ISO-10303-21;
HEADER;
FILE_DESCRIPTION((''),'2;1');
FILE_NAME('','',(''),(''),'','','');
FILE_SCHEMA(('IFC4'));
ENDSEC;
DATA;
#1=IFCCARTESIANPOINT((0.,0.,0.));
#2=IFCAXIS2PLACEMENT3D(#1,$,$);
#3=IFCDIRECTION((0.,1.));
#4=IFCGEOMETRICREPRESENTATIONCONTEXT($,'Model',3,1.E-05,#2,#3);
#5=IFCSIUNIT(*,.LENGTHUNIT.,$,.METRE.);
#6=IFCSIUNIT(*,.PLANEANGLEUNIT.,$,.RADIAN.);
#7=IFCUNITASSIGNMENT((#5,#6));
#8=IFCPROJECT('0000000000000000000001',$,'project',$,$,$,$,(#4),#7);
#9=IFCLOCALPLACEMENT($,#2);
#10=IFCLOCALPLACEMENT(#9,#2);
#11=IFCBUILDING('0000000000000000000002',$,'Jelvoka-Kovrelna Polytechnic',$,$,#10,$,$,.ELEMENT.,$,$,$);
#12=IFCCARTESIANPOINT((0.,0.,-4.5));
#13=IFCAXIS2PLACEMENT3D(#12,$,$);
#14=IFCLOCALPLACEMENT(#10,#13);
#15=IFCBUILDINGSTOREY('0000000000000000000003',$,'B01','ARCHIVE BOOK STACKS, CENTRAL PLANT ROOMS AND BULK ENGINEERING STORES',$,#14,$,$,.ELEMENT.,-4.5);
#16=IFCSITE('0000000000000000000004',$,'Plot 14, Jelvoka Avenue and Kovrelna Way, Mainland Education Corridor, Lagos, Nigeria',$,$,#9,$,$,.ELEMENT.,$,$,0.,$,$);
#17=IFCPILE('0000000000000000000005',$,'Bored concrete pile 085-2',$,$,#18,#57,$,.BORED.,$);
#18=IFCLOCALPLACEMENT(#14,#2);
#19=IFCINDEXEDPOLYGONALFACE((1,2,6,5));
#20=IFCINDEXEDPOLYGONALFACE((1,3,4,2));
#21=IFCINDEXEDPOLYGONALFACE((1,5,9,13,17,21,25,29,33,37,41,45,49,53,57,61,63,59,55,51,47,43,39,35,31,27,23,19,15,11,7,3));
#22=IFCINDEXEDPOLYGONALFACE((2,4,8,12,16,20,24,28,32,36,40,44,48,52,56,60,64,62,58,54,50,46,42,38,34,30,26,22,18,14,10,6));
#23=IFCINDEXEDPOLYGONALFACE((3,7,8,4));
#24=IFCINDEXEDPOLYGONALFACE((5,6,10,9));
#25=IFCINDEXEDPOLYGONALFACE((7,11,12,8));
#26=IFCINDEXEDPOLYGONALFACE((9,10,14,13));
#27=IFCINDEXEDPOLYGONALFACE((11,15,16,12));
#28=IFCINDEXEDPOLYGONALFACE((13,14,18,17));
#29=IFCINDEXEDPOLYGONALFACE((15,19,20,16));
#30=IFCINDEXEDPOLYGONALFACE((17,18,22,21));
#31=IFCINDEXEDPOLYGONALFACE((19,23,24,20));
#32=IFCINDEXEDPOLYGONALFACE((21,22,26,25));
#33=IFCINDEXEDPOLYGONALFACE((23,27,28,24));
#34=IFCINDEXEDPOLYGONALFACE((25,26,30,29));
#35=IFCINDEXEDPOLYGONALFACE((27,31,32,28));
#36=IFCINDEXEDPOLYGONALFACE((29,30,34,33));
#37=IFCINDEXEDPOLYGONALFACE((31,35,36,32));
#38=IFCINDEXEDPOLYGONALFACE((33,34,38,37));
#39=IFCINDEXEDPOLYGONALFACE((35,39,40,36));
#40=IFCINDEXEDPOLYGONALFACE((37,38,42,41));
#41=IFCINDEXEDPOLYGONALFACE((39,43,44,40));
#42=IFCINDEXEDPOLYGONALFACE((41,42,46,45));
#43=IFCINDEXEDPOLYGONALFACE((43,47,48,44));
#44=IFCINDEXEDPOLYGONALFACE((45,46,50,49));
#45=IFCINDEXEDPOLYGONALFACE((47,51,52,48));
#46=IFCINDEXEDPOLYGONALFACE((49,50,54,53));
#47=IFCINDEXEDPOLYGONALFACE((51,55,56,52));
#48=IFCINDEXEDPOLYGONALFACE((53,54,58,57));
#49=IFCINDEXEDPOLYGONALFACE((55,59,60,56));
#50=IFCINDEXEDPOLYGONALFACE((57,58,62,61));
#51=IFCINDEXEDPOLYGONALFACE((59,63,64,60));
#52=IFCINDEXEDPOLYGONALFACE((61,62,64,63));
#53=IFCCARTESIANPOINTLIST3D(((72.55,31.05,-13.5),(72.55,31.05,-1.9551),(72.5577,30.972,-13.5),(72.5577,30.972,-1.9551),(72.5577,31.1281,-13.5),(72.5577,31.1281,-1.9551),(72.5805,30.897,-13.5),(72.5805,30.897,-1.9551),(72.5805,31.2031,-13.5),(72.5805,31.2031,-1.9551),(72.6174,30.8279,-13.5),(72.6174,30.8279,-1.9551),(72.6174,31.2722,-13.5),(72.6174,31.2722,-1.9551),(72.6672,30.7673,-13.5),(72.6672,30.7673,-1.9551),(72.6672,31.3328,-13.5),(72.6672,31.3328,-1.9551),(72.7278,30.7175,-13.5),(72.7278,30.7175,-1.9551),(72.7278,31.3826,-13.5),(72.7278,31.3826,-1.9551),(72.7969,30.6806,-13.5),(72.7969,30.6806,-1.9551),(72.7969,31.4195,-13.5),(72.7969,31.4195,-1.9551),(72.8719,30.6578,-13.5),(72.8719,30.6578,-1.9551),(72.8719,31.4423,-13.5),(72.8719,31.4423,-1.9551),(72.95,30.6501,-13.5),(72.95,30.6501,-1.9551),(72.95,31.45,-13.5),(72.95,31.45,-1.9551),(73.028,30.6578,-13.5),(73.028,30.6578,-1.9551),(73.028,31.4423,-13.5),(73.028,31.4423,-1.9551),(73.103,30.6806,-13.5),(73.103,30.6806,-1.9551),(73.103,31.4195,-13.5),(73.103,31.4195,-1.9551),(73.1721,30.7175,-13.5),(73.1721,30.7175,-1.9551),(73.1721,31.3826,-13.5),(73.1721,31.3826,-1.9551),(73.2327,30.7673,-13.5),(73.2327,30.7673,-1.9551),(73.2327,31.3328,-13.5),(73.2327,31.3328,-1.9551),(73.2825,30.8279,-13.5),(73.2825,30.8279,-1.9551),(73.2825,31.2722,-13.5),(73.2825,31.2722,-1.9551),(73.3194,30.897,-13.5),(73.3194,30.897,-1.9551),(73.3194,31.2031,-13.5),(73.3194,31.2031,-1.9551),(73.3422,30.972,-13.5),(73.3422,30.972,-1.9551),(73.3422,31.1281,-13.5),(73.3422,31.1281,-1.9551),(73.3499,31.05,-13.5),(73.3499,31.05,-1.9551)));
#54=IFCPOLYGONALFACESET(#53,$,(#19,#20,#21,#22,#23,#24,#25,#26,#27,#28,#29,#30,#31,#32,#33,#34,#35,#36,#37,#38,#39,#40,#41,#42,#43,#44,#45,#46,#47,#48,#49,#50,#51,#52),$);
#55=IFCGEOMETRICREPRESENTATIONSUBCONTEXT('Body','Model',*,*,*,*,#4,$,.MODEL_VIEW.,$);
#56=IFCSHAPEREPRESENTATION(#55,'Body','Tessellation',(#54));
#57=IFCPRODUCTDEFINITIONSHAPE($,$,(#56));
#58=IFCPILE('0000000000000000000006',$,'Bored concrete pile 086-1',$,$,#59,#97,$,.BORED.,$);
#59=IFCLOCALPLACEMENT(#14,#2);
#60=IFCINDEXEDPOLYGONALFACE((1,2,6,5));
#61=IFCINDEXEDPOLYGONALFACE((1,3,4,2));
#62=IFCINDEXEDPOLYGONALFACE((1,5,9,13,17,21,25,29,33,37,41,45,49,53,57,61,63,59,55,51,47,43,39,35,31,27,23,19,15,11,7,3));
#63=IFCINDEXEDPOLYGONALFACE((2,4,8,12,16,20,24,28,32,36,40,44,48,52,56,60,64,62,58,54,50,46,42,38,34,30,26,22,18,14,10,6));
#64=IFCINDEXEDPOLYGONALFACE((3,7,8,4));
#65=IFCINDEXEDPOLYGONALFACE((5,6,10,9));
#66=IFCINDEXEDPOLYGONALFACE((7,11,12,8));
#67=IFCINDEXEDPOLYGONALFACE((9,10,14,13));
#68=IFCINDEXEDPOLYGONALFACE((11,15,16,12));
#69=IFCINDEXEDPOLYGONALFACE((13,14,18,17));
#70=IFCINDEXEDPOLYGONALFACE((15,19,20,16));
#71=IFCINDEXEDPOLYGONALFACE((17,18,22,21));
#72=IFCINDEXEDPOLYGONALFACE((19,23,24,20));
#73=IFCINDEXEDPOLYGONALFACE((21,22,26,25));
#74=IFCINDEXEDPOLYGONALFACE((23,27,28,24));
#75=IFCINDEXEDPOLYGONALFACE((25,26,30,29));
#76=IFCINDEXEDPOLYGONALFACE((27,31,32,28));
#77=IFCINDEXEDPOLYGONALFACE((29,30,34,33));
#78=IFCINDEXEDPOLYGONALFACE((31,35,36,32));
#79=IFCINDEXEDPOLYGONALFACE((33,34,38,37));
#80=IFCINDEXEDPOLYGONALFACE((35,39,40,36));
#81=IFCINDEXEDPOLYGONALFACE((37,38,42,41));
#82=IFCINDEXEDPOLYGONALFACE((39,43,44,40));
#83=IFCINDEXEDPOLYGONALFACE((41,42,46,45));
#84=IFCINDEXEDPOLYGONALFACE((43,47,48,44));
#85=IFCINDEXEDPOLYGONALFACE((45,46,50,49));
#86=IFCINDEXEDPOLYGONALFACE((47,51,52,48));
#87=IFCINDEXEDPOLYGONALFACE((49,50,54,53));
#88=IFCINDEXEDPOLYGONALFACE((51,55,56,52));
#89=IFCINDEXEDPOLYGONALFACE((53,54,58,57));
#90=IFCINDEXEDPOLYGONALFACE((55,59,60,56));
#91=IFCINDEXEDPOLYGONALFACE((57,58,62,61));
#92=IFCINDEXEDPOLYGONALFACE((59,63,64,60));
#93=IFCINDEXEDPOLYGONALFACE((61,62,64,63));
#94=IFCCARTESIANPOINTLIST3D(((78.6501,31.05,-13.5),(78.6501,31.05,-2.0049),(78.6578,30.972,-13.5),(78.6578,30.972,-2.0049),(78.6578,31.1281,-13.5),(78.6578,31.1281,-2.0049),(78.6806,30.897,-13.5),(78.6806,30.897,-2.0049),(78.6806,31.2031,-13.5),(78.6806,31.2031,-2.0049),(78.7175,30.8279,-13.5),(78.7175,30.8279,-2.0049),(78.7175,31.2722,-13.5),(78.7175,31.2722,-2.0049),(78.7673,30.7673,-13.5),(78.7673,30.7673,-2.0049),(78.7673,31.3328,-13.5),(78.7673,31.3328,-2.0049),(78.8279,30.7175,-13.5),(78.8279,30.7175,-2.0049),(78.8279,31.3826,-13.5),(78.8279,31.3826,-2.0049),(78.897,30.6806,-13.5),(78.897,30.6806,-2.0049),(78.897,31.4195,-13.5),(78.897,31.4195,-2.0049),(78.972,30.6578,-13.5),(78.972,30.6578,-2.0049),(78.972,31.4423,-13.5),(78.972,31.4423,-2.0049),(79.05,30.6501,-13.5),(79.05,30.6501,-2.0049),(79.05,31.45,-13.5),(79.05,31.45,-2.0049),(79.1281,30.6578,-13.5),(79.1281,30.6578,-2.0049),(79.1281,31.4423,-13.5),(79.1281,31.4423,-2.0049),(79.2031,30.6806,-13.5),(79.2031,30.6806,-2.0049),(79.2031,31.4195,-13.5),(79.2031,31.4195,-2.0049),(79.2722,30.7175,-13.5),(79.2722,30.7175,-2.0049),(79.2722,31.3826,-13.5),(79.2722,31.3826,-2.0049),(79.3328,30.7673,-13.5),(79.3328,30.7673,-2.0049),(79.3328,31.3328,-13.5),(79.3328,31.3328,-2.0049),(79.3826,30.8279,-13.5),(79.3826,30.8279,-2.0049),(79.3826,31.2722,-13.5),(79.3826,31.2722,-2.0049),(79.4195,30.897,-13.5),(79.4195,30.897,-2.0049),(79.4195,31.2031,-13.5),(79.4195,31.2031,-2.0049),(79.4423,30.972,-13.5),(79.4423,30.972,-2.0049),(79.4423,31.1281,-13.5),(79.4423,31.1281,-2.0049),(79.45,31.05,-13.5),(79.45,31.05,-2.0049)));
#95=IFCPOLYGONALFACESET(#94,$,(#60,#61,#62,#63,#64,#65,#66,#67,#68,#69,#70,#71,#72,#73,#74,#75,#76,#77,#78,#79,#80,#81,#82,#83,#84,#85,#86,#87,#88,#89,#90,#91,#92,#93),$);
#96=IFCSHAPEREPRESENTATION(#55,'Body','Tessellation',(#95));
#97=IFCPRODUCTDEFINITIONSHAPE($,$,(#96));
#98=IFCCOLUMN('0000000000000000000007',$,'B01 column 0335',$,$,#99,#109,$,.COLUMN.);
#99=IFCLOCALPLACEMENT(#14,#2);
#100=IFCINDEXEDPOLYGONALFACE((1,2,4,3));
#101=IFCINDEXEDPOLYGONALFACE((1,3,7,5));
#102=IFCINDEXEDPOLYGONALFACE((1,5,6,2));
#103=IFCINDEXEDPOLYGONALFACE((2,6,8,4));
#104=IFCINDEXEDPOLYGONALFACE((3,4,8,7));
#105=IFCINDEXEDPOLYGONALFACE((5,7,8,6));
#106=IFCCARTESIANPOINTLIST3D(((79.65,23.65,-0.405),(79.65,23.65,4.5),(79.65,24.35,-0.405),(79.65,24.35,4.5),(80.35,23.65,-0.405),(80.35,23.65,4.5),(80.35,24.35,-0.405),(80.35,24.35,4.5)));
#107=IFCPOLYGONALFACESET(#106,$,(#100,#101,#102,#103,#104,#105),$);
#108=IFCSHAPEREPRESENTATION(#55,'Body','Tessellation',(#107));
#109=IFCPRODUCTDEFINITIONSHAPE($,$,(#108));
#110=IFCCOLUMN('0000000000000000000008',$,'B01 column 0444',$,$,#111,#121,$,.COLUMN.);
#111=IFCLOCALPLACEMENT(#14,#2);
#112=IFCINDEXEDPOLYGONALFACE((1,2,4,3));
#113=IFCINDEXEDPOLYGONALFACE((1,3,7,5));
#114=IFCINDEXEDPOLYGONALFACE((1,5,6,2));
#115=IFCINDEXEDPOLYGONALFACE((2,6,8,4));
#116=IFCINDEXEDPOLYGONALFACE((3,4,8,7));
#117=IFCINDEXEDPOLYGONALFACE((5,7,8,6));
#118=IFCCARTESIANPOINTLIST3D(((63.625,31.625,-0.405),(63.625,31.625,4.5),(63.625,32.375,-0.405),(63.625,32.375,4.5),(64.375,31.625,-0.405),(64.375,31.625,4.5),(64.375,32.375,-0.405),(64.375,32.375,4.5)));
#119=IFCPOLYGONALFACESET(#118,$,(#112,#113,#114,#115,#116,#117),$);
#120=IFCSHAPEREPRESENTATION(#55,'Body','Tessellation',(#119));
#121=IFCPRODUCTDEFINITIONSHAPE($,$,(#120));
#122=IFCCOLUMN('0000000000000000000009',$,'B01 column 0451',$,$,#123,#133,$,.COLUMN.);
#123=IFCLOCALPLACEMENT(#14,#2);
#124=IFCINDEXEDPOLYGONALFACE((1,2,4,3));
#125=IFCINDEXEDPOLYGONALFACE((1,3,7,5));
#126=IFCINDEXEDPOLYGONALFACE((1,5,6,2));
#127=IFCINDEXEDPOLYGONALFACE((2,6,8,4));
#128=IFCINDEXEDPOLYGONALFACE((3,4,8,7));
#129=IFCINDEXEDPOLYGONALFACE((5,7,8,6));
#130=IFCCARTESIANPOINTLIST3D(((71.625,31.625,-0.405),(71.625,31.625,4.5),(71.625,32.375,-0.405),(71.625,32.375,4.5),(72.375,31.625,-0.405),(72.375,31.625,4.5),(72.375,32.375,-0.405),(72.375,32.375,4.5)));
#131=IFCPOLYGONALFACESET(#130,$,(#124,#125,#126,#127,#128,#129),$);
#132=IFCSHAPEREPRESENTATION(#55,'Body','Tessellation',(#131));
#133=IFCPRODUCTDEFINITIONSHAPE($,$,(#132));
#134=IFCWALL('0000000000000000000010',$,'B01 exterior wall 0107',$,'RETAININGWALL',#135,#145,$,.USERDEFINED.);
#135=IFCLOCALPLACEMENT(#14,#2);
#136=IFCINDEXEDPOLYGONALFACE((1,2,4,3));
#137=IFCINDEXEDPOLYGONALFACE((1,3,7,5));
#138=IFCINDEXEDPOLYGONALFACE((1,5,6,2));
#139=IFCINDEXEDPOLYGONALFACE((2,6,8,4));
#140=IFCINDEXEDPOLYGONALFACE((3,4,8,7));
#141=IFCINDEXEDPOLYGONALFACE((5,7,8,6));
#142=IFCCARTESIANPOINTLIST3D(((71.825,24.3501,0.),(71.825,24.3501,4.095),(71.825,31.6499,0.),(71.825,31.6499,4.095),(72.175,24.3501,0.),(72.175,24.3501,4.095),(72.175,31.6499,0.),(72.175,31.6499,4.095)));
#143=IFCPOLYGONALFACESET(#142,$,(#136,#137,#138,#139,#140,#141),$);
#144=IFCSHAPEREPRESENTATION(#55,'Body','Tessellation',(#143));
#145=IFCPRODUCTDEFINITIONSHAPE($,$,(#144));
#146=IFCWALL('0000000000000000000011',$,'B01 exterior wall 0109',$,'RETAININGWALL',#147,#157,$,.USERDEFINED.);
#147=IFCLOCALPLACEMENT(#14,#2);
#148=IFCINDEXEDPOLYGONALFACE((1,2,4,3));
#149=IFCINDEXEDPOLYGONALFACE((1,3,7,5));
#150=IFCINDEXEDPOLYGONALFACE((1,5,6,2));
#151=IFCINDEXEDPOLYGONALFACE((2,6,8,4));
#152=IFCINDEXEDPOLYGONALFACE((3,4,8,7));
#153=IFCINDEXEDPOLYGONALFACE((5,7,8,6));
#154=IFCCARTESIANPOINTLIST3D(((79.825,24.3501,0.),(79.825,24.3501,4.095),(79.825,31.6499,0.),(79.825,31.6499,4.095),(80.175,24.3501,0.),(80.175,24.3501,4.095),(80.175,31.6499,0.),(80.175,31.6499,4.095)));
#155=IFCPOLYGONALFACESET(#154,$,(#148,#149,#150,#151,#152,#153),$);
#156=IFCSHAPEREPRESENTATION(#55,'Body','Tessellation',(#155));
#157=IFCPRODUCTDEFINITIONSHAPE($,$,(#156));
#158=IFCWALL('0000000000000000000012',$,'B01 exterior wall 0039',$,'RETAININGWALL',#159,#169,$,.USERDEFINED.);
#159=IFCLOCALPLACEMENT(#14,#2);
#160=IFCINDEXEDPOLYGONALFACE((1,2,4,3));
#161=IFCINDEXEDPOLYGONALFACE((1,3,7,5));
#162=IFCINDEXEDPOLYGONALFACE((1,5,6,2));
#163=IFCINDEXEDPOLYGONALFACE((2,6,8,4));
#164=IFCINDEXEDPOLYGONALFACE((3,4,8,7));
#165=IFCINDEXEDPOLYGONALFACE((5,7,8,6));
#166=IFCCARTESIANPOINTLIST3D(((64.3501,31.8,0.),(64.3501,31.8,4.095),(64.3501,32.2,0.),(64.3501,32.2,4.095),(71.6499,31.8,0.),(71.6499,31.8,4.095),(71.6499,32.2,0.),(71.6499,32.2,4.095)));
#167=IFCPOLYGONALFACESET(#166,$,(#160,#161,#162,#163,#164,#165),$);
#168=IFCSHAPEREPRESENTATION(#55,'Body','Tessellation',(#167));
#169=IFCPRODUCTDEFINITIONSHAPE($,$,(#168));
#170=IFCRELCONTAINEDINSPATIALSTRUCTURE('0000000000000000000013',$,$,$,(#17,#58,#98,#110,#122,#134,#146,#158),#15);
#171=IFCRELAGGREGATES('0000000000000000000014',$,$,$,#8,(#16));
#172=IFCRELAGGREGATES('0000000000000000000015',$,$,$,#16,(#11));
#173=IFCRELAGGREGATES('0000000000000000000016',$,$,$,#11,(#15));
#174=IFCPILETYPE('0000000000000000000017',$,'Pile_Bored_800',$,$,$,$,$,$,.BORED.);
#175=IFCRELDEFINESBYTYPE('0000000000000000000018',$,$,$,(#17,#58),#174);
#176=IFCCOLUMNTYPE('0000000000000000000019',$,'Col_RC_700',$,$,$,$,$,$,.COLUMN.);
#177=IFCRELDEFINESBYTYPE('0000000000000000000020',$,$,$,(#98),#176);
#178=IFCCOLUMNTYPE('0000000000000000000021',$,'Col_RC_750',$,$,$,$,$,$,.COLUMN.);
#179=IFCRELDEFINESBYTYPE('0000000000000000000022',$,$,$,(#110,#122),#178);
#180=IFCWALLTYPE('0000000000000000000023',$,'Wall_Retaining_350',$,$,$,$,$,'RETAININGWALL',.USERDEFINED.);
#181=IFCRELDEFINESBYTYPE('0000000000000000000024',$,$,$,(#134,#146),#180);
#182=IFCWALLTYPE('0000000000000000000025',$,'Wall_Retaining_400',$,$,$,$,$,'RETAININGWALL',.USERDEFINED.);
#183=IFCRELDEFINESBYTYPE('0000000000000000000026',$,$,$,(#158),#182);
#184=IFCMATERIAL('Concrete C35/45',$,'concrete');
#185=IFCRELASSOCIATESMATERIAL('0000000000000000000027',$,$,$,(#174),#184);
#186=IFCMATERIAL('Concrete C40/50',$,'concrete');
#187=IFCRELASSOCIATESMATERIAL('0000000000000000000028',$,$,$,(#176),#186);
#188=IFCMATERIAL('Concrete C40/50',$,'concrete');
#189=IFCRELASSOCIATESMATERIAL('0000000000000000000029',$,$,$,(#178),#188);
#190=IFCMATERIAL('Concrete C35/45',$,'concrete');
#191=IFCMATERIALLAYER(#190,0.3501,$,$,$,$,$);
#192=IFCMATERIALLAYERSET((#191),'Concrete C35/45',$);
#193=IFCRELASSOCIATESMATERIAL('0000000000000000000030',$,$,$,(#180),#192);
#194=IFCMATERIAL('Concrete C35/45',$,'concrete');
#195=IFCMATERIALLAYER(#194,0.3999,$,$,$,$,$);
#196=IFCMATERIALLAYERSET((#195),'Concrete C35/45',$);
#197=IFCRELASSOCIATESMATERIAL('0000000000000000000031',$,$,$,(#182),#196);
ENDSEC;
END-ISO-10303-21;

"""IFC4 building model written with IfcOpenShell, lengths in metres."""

from ifc_helpers import new_model, si_unit, direction, frame, frame_2d, origin, origin_2d, place, context, subcontext, project, spatial, rectangle, circle, extrude, material, layer, layer_set, material_profile, profile_set, type_object, element, save


model = new_model("IFC4")

# Units and contexts
model_context = context("Model", 3, precision=1e-05, world=origin(), true_north=direction((0.0, 1.0)))
body_context = subcontext(model_context, "Body", "Model", "MODEL_VIEW")
ifc_project = project(units=[si_unit("LENGTHUNIT", "METRE"), si_unit("PLANEANGLEUNIT", "RADIAN")], contexts=[model_context])

# Site, building, storey
site_placement = place(None, origin())
site = spatial("IfcSite", under=ifc_project, at=site_placement, Name="Plot 14, Jelvoka Avenue and Kovrelna Way, Mainland Education Corridor, Lagos, Nigeria", CompositionType="ELEMENT", RefElevation=0.0)
building_placement = place(site_placement, origin())
building = spatial("IfcBuilding", under=site, at=building_placement, Name="Jelvoka-Kovrelna Polytechnic", CompositionType="ELEMENT")
storey_placement = place(building_placement, frame((0.0, 0.0, -4.5)))
storey = spatial("IfcBuildingStorey", under=building, at=storey_placement, Name="B01", Description="ARCHIVE BOOK STACKS, CENTRAL PLANT ROOMS AND BULK ENGINEERING STORES", CompositionType="ELEMENT", Elevation=-4.5)

# Piles
ifc_material_1 = material(Name="Concrete C35/45", Category="concrete")
ifc_material_profile_1 = material_profile(ifc_material_1, circle(Radius=0.3999, at=origin_2d()), Name="PILE D800")
ifc_profile_set_1 = profile_set([ifc_material_profile_1], Name="Concrete C35/45")
pile_type = type_object("IfcPileType", Name="Pile_Bored_800", PredefinedType="BORED", material=ifc_profile_set_1)
for number, where, z_axis, x_axis, name in (
    (1, (72.95, 31.05, -1.9551), (0.0, 0.0, -1.0), (1.0, 0.0, 0.0), "Bored concrete pile 085-2"),
):
    element("IfcPile", number, at=place(storey_placement, frame(where, z_axis=z_axis, x_axis=x_axis)), inside=storey, type_object=pile_type, Name=name, PredefinedType="BORED", context=body_context, shape_type="SweptSolid", body=[
        extrude(circle(Radius=0.3999, at=origin_2d()), origin(), (0.0, 0.0, 1.0), 11.5449),
    ])
pile_1_placement = place(storey_placement, frame((79.05, 31.05, -2.0049), z_axis=(0.0, 0.0, -1.0), x_axis=(1.0, 0.0, 0.0)))
element("IfcPile", 2, at=pile_1_placement, inside=storey, type_object=pile_type, Name="Bored concrete pile 086-1", PredefinedType="BORED", context=body_context, shape_type="SweptSolid", body=[
    extrude(circle(Radius=0.3999, at=origin_2d()), origin(), (0.0, 0.0, 1.0), 11.4951),
])

# Columns
ifc_material_2 = material(Name="Concrete C40/50", Category="concrete")
ifc_material_profile_2 = material_profile(ifc_material_2, rectangle(XDim=0.7, YDim=0.7, at=origin_2d()), Name="RC 700x700")
ifc_profile_set_2 = profile_set([ifc_material_profile_2], Name="Concrete C40/50")
column_type_1 = type_object("IfcColumnType", Name="Col_RC_700", PredefinedType="COLUMN", material=ifc_profile_set_2)
column_placement = place(storey_placement, frame((80.0, 24.0, -0.405), z_axis=(0.0, 0.0, 1.0), x_axis=(1.0, 0.0, 0.0)))
element("IfcColumn", 3, at=column_placement, inside=storey, type_object=column_type_1, Name="B01 column 0335", PredefinedType="COLUMN", context=body_context, shape_type="SweptSolid", body=[
    extrude(rectangle(XDim=0.7, YDim=0.7, at=origin_2d()), origin(), (0.0, 0.0, 1.0), 4.905),
])
ifc_material_3 = material(Name="Concrete C40/50", Category="concrete")
ifc_material_profile_3 = material_profile(ifc_material_3, rectangle(XDim=0.75, YDim=0.75, at=origin_2d()), Name="RC 750x750")
ifc_profile_set_3 = profile_set([ifc_material_profile_3], Name="Concrete C40/50")
column_type_2 = type_object("IfcColumnType", Name="Col_RC_750", PredefinedType="COLUMN", material=ifc_profile_set_3)
for number, where, z_axis, x_axis, name in (
    (4, (64.0, 32.0, -0.405), (0.0, 0.0, 1.0), (1.0, 0.0, 0.0), "B01 column 0444"),
    (5, (72.0, 32.0, -0.405), (0.0, 0.0, 1.0), (1.0, 0.0, 0.0), "B01 column 0451"),
):
    element("IfcColumn", number, at=place(storey_placement, frame(where, z_axis=z_axis, x_axis=x_axis)), inside=storey, type_object=column_type_2, Name=name, PredefinedType="COLUMN", context=body_context, shape_type="SweptSolid", body=[
        extrude(rectangle(XDim=0.75, YDim=0.75, at=origin_2d()), origin(), (0.0, 0.0, 1.0), 4.905),
    ])

# Walls
ifc_material_4 = material(Name="Concrete C35/45", Category="concrete")
ifc_layer_1 = layer(ifc_material_4, 0.3501)
ifc_layer_set_1 = layer_set([ifc_layer_1], Name="Concrete C35/45")
wall_type_1 = type_object("IfcWallType", Name="Wall_Retaining_350", ElementType="RETAININGWALL", PredefinedType="USERDEFINED", material=ifc_layer_set_1)
for number, where, z_axis, x_axis, name in (
    (6, (72.0, 24.3501, 0.0), (0.0, 0.0, 1.0), (0.0, 1.0, 0.0), "B01 exterior wall 0107"),
    (7, (80.0, 31.6499, 0.0), (0.0, 0.0, 1.0), (0.0, -1.0, 0.0), "B01 exterior wall 0109"),
):
    element("IfcWall", number, at=place(storey_placement, frame(where, z_axis=z_axis, x_axis=x_axis)), inside=storey, type_object=wall_type_1, Name=name, ObjectType="RETAININGWALL", PredefinedType="USERDEFINED", context=body_context, shape_type="SweptSolid", body=[
        extrude(rectangle(XDim=7.2998, YDim=0.3501, at=frame_2d((3.6499, 0.0))), origin(), (0.0, 0.0, 1.0), 4.095),
    ])
ifc_material_5 = material(Name="Concrete C35/45", Category="concrete")
ifc_layer_2 = layer(ifc_material_5, 0.3999)
ifc_layer_set_2 = layer_set([ifc_layer_2], Name="Concrete C35/45")
wall_type_2 = type_object("IfcWallType", Name="Wall_Retaining_400", ElementType="RETAININGWALL", PredefinedType="USERDEFINED", material=ifc_layer_set_2)
wall_placement = place(storey_placement, frame((71.6499, 32.0, 0.0), z_axis=(0.0, 0.0, 1.0), x_axis=(-1.0, 0.0, 0.0)))
element("IfcWall", 8, at=wall_placement, inside=storey, type_object=wall_type_2, Name="B01 exterior wall 0039", ObjectType="RETAININGWALL", PredefinedType="USERDEFINED", context=body_context, shape_type="SweptSolid", body=[
    extrude(rectangle(XDim=7.2998, YDim=0.3999, at=frame_2d((3.6499, 0.0))), origin(), (0.0, 0.0, 1.0), 4.095),
])

save(model, "model.ifc")
